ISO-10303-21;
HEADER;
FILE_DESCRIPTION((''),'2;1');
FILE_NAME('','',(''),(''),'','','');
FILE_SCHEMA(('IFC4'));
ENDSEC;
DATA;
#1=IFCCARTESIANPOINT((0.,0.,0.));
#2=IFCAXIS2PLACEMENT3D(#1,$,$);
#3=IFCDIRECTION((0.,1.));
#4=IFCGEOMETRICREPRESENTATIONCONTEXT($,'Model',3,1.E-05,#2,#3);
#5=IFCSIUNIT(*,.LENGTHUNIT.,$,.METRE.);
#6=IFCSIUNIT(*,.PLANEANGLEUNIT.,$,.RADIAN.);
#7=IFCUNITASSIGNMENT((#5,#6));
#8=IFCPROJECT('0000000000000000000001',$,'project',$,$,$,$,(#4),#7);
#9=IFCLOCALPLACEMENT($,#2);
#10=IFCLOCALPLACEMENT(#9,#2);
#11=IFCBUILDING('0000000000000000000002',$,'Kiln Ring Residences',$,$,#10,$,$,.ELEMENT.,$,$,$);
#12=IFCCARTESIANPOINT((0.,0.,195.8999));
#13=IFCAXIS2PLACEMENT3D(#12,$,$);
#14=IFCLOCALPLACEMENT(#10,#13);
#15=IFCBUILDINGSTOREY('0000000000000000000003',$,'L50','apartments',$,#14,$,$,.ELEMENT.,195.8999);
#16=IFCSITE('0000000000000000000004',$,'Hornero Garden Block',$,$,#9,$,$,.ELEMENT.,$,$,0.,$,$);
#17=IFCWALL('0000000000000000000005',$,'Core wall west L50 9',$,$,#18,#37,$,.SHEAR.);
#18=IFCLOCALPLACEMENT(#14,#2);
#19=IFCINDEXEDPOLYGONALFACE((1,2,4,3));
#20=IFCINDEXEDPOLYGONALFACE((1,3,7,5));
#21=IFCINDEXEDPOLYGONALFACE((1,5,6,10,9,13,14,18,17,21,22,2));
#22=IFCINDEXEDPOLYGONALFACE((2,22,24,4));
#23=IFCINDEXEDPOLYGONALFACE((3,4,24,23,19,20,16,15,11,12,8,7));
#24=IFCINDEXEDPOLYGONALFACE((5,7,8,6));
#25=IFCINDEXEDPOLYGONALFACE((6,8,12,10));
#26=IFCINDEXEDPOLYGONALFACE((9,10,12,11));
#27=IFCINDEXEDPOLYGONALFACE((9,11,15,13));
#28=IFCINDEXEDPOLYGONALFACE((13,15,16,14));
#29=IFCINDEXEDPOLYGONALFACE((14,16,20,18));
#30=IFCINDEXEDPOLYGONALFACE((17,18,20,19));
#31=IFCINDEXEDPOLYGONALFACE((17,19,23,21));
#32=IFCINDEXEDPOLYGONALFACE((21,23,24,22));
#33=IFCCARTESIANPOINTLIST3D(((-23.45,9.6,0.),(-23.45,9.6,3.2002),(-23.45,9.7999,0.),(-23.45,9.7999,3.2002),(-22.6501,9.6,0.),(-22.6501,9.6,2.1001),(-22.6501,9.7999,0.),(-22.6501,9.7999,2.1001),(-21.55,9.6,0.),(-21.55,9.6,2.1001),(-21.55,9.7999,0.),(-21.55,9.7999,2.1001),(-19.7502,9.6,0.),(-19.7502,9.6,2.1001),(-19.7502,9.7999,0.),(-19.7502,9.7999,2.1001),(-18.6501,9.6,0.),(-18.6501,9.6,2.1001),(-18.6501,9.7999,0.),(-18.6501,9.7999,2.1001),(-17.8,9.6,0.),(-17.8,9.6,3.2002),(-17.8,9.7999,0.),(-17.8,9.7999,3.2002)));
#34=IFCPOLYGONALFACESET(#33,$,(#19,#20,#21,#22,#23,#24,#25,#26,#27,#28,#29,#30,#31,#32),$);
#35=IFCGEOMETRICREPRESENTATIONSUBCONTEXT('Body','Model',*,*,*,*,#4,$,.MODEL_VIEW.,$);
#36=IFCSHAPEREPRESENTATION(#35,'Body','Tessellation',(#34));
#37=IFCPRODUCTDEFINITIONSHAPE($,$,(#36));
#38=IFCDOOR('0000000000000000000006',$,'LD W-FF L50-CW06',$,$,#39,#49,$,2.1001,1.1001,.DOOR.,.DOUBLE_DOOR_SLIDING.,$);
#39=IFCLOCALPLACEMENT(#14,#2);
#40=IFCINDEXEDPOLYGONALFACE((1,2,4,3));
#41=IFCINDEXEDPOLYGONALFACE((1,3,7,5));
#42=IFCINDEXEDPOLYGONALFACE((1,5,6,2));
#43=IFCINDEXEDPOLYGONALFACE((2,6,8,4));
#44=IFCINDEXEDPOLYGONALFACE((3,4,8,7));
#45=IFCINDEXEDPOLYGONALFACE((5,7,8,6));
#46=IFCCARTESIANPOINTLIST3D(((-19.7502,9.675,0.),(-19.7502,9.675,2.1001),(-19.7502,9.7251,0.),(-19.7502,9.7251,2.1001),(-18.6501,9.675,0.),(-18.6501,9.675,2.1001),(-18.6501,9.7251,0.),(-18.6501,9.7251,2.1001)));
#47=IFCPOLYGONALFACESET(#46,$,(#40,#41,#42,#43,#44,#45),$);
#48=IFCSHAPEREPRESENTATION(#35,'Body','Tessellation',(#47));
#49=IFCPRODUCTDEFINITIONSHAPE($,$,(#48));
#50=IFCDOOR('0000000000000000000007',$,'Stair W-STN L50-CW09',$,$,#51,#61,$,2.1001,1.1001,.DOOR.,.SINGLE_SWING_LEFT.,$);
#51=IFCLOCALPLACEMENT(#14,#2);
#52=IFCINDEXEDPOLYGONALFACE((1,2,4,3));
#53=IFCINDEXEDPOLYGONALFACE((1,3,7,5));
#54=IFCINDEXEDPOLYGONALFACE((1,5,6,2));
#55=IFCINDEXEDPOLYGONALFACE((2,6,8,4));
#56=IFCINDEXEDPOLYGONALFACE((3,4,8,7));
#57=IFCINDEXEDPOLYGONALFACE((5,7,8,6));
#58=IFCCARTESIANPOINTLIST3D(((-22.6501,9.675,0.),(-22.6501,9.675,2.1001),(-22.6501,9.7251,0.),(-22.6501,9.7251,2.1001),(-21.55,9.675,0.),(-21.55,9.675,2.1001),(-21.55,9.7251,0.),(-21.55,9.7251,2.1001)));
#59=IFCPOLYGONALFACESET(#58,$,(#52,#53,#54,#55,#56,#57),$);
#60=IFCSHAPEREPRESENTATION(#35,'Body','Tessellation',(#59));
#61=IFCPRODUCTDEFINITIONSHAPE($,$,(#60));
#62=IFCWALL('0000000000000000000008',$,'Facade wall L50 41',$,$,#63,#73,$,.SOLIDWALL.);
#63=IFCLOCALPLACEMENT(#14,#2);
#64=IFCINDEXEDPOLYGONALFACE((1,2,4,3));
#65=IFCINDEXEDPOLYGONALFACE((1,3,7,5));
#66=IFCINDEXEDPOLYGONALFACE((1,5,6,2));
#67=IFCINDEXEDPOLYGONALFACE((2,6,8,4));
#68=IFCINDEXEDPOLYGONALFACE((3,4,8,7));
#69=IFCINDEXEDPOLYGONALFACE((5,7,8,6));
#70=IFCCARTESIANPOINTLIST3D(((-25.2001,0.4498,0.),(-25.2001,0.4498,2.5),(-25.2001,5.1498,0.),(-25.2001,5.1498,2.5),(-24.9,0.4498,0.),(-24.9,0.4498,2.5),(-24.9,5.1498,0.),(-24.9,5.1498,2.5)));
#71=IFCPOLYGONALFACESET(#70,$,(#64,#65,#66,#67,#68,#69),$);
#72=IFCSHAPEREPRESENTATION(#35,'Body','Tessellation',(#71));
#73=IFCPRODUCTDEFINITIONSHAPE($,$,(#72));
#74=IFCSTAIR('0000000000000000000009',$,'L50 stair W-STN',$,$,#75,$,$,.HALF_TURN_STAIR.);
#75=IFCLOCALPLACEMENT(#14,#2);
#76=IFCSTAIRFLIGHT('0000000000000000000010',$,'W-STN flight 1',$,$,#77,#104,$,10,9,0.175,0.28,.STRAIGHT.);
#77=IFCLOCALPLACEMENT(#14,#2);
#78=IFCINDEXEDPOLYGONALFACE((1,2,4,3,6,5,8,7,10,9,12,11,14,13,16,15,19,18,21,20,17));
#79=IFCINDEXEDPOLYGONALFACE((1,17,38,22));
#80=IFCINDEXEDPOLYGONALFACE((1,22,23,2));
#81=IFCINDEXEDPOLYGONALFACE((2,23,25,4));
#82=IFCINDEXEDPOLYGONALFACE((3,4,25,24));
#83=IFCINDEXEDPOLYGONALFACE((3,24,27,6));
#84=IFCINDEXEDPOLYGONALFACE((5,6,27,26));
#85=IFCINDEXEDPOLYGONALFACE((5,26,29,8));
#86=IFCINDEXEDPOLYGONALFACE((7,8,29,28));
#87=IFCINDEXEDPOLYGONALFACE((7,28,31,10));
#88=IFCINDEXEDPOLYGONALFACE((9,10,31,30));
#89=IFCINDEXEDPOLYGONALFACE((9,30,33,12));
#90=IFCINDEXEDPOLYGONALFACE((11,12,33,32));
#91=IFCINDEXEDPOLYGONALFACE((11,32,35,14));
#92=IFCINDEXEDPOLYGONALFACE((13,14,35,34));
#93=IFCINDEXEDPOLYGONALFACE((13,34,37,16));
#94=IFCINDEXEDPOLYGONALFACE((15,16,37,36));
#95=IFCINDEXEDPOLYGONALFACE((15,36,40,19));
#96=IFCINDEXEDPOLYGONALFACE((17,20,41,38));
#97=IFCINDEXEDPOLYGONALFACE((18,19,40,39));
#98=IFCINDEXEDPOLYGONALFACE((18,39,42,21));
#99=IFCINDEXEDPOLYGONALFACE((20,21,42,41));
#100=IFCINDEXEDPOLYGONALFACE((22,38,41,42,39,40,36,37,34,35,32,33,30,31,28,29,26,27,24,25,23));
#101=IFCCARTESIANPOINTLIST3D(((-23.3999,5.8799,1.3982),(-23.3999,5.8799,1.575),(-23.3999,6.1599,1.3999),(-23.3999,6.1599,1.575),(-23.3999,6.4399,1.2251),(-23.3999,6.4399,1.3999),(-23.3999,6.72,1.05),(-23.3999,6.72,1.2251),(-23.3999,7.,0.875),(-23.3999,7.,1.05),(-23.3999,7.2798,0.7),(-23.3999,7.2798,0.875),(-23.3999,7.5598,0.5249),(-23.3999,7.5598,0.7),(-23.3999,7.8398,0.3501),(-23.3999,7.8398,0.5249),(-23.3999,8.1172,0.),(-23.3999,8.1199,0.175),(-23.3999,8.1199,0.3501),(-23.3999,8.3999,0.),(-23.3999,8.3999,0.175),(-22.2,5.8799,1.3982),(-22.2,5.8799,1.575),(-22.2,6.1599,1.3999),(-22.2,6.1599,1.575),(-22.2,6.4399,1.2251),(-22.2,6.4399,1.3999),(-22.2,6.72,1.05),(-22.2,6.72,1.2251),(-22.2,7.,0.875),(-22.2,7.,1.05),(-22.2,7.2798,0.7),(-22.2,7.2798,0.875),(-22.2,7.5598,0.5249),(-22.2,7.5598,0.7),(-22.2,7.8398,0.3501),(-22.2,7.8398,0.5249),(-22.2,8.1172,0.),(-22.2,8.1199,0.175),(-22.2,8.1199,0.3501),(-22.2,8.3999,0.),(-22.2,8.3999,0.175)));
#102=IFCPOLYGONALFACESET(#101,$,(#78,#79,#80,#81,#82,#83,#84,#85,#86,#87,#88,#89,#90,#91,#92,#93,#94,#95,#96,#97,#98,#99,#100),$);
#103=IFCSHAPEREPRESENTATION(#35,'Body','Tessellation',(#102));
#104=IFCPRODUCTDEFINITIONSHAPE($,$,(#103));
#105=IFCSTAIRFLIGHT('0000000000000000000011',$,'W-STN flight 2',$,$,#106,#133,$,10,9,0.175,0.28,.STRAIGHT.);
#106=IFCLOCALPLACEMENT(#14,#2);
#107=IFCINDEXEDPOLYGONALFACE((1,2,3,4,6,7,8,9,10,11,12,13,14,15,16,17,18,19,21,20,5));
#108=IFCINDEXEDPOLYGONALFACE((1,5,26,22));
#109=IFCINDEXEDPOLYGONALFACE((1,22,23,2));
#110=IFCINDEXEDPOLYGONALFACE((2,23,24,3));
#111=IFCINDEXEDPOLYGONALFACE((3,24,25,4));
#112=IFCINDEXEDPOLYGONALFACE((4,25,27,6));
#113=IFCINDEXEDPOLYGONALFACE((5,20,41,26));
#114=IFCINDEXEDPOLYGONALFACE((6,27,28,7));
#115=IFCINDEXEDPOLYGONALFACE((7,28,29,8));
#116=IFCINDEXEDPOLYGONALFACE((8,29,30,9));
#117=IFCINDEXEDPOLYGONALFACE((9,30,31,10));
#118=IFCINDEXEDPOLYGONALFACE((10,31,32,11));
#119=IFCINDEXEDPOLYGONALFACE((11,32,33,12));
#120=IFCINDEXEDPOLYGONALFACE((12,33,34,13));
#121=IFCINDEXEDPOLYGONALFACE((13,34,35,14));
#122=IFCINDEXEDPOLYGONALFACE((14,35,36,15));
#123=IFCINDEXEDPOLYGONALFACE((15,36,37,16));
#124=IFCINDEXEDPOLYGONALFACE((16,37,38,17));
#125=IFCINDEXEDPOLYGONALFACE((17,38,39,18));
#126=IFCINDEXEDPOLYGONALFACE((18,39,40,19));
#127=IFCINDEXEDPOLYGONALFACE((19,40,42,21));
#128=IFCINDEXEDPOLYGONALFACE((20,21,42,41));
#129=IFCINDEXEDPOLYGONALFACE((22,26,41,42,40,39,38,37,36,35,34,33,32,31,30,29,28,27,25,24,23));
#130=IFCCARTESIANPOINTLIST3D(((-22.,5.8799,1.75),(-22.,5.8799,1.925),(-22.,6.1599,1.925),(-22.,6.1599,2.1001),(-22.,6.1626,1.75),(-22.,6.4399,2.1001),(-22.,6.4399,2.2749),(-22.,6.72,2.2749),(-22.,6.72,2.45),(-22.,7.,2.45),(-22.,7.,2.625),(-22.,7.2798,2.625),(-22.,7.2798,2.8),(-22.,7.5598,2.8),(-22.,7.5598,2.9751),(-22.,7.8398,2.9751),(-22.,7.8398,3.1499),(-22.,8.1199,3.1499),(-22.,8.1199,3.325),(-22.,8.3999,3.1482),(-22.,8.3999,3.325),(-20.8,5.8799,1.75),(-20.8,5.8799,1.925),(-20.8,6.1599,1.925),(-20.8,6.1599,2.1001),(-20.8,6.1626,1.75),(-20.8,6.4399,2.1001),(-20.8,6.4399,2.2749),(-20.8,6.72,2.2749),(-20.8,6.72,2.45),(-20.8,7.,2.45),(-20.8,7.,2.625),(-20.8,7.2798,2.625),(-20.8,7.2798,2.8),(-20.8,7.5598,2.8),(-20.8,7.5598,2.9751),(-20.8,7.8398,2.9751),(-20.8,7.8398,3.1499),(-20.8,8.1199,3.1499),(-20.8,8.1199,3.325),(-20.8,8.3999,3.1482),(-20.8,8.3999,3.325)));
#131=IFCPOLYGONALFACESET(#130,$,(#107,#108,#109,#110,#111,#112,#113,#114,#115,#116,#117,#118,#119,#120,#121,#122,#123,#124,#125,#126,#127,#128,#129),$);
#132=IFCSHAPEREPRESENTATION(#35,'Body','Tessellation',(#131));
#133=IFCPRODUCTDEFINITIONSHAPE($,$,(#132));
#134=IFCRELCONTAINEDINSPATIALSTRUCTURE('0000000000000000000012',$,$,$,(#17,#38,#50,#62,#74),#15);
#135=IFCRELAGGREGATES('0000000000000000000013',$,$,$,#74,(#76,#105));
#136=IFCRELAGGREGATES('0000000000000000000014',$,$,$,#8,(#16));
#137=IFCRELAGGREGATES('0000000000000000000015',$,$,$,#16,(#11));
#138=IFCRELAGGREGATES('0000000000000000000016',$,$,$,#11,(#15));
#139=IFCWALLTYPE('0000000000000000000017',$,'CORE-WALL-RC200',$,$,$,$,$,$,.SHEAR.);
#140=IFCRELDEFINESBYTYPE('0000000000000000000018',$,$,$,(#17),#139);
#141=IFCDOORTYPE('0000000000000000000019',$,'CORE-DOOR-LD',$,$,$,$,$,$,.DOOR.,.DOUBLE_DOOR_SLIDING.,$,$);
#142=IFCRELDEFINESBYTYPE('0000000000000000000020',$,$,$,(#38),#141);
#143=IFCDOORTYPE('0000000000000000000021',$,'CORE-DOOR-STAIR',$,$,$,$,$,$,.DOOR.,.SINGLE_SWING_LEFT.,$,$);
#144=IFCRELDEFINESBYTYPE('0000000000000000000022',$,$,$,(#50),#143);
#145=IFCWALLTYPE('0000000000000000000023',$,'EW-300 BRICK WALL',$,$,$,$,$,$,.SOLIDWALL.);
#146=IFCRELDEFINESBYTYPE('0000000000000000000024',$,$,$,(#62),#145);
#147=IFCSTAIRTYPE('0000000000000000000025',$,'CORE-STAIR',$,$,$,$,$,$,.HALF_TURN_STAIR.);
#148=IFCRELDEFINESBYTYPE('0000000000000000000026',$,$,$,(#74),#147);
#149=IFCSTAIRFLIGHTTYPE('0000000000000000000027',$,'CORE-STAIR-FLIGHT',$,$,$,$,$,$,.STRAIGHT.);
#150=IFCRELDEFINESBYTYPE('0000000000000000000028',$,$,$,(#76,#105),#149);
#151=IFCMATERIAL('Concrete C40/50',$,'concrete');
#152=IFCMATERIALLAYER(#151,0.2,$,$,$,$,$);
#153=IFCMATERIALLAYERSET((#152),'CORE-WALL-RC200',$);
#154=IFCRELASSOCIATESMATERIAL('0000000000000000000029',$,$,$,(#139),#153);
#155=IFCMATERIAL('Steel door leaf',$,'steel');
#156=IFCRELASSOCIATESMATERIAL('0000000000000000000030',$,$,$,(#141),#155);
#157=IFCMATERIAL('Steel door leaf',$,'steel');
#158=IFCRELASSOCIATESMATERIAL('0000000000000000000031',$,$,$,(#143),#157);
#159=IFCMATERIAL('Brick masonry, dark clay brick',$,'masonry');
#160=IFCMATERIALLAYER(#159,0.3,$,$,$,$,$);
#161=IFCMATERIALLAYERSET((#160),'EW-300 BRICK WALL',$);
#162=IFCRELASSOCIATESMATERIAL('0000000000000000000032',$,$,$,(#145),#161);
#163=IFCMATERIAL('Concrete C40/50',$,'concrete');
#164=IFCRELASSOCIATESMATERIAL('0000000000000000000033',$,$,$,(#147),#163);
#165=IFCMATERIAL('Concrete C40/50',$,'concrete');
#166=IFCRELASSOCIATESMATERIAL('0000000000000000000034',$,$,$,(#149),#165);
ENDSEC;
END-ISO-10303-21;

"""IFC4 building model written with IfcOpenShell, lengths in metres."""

from ifc_helpers import new_model, si_unit, direction, frame, frame_2d, origin, place, context, subcontext, project, spatial, polyline, rectangle, outline, extrude, material, layer, layer_set, type_object, element, fill, aggregate, save


model = new_model("IFC4")

# Units and contexts
model_context = context("Model", 3, precision=1e-05, world=origin(), true_north=direction((0.0, 1.0)))
body_context = subcontext(model_context, "Body", "Model", "MODEL_VIEW")
ifc_project = project(units=[si_unit("LENGTHUNIT", "METRE"), si_unit("PLANEANGLEUNIT", "RADIAN")], contexts=[model_context])

# Site, building, storey
site_placement = place(None, origin())
site = spatial("IfcSite", under=ifc_project, at=site_placement, Name="Hornero Garden Block", CompositionType="ELEMENT", RefElevation=0.0)
building_placement = place(site_placement, origin())
building = spatial("IfcBuilding", under=site, at=building_placement, Name="Kiln Ring Residences", CompositionType="ELEMENT")
storey_placement = place(building_placement, frame((0.0, 0.0, 195.8999)))
storey = spatial("IfcBuildingStorey", under=building, at=storey_placement, Name="L50", Description="apartments", CompositionType="ELEMENT", Elevation=195.8999)

# Shared definitions
ifc_material_1 = material(Name="Concrete C40/50", Category="concrete")
ifc_layer_1 = layer(ifc_material_1, 0.2)
ifc_layer_set_1 = layer_set([ifc_layer_1], Name="CORE-WALL-RC200")
wall_type_1 = type_object("IfcWallType", Name="CORE-WALL-RC200", PredefinedType="SHEAR", material=ifc_layer_set_1)

# Wall, openings, doors
wall_1_placement = place(storey_placement, frame((-17.8, 9.7, 0.0), z_axis=(0.0, 0.0, 1.0), x_axis=(-1.0, 0.0, 0.0)))
wall_1 = element("IfcWall", 1, at=wall_1_placement, inside=storey, type_object=wall_type_1, Name="Core wall west L50 9", PredefinedType="SHEAR", context=body_context, shape_type="SweptSolid", body=[
    extrude(rectangle(XDim=5.6499, YDim=0.2, at=frame_2d((2.825, 0.0))), origin(), (0.0, 0.0, 1.0), 3.2002),
])
opening_1_placement = place(wall_1_placement, frame((0.8501, 0.0, 0.0)))
opening_1 = element("IfcOpeningElement", 2, at=opening_1_placement, cuts=wall_1, PredefinedType="OPENING", context=body_context, shape_type="SweptSolid", body=[
    extrude(rectangle(XDim=1.1001, YDim=2.1001, at=frame_2d((0.55, 1.05))), frame((0.0, 0.1099, 0.0), z_axis=(0.0, -1.0, 0.0), x_axis=(1.0, 0.0, 0.0)), (0.0, 0.0, 1.0), 0.22),
])
opening_2_placement = place(wall_1_placement, frame((3.75, 0.0, 0.0)))
opening_2 = element("IfcOpeningElement", 3, at=opening_2_placement, cuts=wall_1, PredefinedType="OPENING", context=body_context, shape_type="SweptSolid", body=[
    extrude(rectangle(XDim=1.1001, YDim=2.1001, at=frame_2d((0.55, 1.05))), frame((0.0, 0.1099, 0.0), z_axis=(0.0, -1.0, 0.0), x_axis=(1.0, 0.0, 0.0)), (0.0, 0.0, 1.0), 0.22),
])
ifc_material_2 = material(Name="Steel door leaf", Category="steel")
door_type_1 = type_object("IfcDoorType", Name="CORE-DOOR-LD", OperationType="DOUBLE_DOOR_SLIDING", PredefinedType="DOOR", material=ifc_material_2)
door_1_placement = place(opening_1_placement, origin())
door_1 = element("IfcDoor", 4, at=door_1_placement, inside=storey, type_object=door_type_1, Name="LD W-FF L50-CW06", OperationType="DOUBLE_DOOR_SLIDING", OverallHeight=2.1001, OverallWidth=1.1001, PredefinedType="DOOR", context=body_context, shape_type="SweptSolid", body=[
    extrude(rectangle(XDim=1.1001, YDim=2.1001, at=frame_2d((0.55, 1.05))), frame((0.0, 0.0249, 0.0), z_axis=(0.0, -1.0, 0.0), x_axis=(1.0, 0.0, 0.0)), (0.0, 0.0, 1.0), 0.05),
])
fill(opening_1, door_1)
ifc_material_3 = material(Name="Steel door leaf", Category="steel")
door_type_2 = type_object("IfcDoorType", Name="CORE-DOOR-STAIR", OperationType="SINGLE_SWING_LEFT", PredefinedType="DOOR", material=ifc_material_3)
door_2_placement = place(opening_2_placement, origin())
door_2 = element("IfcDoor", 5, at=door_2_placement, inside=storey, type_object=door_type_2, Name="Stair W-STN L50-CW09", OperationType="SINGLE_SWING_LEFT", OverallHeight=2.1001, OverallWidth=1.1001, PredefinedType="DOOR", context=body_context, shape_type="SweptSolid", body=[
    extrude(rectangle(XDim=1.1001, YDim=2.1001, at=frame_2d((0.55, 1.05))), frame((0.0, 0.0249, 0.0), z_axis=(0.0, -1.0, 0.0), x_axis=(1.0, 0.0, 0.0)), (0.0, 0.0, 1.0), 0.05),
])
fill(opening_2, door_2)

# Wall
ifc_material_4 = material(Name="Brick masonry, dark clay brick", Category="masonry")
ifc_layer_2 = layer(ifc_material_4, 0.3)
ifc_layer_set_2 = layer_set([ifc_layer_2], Name="EW-300 BRICK WALL")
wall_type_2 = type_object("IfcWallType", Name="EW-300 BRICK WALL", PredefinedType="SOLIDWALL", material=ifc_layer_set_2)
wall_2_placement = place(storey_placement, frame((-25.05, 5.1499, 0.0), z_axis=(0.0, 0.0, 1.0), x_axis=(0.0, -1.0, 0.0)))
element("IfcWall", 6, at=wall_2_placement, inside=storey, type_object=wall_type_2, Name="Facade wall L50 41", PredefinedType="SOLIDWALL", context=body_context, shape_type="SweptSolid", body=[
    extrude(rectangle(XDim=4.7, YDim=0.3, at=frame_2d((2.3501, 0.0))), origin(), (0.0, 0.0, 1.0), 2.5),
])

# Stair, stair flights
ifc_material_5 = material(Name="Concrete C40/50", Category="concrete")
stair_type = type_object("IfcStairType", Name="CORE-STAIR", PredefinedType="HALF_TURN_STAIR", material=ifc_material_5)
stair_placement = place(storey_placement, origin())
stair = element("IfcStair", 7, at=stair_placement, inside=storey, type_object=stair_type, Name="L50 stair W-STN", PredefinedType="HALF_TURN_STAIR")
ifc_material_6 = material(Name="Concrete C40/50", Category="concrete")
stair_flight_type = type_object("IfcStairFlightType", Name="CORE-STAIR-FLIGHT", PredefinedType="STRAIGHT", material=ifc_material_6)
stair_flight_1_placement = place(storey_placement, frame((-22.8, 8.3999, 0.0), z_axis=(0.0, 0.0, 1.0), x_axis=(0.0, -1.0, 0.0)))
stair_flight_1 = element("IfcStairFlight", 8, at=stair_flight_1_placement, type_object=stair_flight_type, Name="W-STN flight 1", NumberOfRisers=10, NumberOfTreads=9, PredefinedType="STRAIGHT", RiserHeight=0.175, TreadLength=0.28, context=body_context, shape_type="SweptSolid", body=[
    extrude(outline(polyline([(0.0, 0.0), (0.0, 0.175), (0.28, 0.175), (0.28, 0.3501), (0.5601, 0.3501), (0.5601, 0.5249), (0.8401, 0.5249), (0.8401, 0.7), (1.1201, 0.7), (1.1201, 0.875), (1.3999, 0.875), (1.3999, 1.05), (1.6799, 1.05), (1.6799, 1.2251), (1.96, 1.2251), (1.96, 1.3999), (2.24, 1.3999), (2.24, 1.575), (2.52, 1.575), (2.52, 1.75), (2.52, 1.3982), (0.2827, 0.0), (0.0, 0.0)])), frame((0.0, 0.6001, 0.0), z_axis=(0.0, -1.0, 0.0), x_axis=(1.0, 0.0, 0.0)), (0.0, 0.0, 1.0), 1.2),
])
stair_flight_2_placement = place(storey_placement, frame((-21.3999, 5.8799, 1.75), z_axis=(0.0, 0.0, 1.0), x_axis=(0.0, 1.0, 0.0)))
stair_flight_2 = element("IfcStairFlight", 9, at=stair_flight_2_placement, type_object=stair_flight_type, Name="W-STN flight 2", NumberOfRisers=10, NumberOfTreads=9, PredefinedType="STRAIGHT", RiserHeight=0.175, TreadLength=0.28, context=body_context, shape_type="SweptSolid", body=[
    extrude(outline(polyline([(0.0, 0.0), (0.0, 0.175), (0.28, 0.175), (0.28, 0.3501), (0.5601, 0.3501), (0.5601, 0.5249), (0.8401, 0.5249), (0.8401, 0.7), (1.1201, 0.7), (1.1201, 0.875), (1.3999, 0.875), (1.3999, 1.05), (1.6799, 1.05), (1.6799, 1.2251), (1.96, 1.2251), (1.96, 1.3999), (2.24, 1.3999), (2.24, 1.575), (2.52, 1.575), (2.52, 1.75), (2.52, 1.3982), (0.2827, 0.0), (0.0, 0.0)])), frame((0.0, 0.6001, 0.0), z_axis=(0.0, -1.0, 0.0), x_axis=(1.0, 0.0, 0.0)), (0.0, 0.0, 1.0), 1.2),
])
aggregate(stair, [stair_flight_1, stair_flight_2])

save(model, "model.ifc")
